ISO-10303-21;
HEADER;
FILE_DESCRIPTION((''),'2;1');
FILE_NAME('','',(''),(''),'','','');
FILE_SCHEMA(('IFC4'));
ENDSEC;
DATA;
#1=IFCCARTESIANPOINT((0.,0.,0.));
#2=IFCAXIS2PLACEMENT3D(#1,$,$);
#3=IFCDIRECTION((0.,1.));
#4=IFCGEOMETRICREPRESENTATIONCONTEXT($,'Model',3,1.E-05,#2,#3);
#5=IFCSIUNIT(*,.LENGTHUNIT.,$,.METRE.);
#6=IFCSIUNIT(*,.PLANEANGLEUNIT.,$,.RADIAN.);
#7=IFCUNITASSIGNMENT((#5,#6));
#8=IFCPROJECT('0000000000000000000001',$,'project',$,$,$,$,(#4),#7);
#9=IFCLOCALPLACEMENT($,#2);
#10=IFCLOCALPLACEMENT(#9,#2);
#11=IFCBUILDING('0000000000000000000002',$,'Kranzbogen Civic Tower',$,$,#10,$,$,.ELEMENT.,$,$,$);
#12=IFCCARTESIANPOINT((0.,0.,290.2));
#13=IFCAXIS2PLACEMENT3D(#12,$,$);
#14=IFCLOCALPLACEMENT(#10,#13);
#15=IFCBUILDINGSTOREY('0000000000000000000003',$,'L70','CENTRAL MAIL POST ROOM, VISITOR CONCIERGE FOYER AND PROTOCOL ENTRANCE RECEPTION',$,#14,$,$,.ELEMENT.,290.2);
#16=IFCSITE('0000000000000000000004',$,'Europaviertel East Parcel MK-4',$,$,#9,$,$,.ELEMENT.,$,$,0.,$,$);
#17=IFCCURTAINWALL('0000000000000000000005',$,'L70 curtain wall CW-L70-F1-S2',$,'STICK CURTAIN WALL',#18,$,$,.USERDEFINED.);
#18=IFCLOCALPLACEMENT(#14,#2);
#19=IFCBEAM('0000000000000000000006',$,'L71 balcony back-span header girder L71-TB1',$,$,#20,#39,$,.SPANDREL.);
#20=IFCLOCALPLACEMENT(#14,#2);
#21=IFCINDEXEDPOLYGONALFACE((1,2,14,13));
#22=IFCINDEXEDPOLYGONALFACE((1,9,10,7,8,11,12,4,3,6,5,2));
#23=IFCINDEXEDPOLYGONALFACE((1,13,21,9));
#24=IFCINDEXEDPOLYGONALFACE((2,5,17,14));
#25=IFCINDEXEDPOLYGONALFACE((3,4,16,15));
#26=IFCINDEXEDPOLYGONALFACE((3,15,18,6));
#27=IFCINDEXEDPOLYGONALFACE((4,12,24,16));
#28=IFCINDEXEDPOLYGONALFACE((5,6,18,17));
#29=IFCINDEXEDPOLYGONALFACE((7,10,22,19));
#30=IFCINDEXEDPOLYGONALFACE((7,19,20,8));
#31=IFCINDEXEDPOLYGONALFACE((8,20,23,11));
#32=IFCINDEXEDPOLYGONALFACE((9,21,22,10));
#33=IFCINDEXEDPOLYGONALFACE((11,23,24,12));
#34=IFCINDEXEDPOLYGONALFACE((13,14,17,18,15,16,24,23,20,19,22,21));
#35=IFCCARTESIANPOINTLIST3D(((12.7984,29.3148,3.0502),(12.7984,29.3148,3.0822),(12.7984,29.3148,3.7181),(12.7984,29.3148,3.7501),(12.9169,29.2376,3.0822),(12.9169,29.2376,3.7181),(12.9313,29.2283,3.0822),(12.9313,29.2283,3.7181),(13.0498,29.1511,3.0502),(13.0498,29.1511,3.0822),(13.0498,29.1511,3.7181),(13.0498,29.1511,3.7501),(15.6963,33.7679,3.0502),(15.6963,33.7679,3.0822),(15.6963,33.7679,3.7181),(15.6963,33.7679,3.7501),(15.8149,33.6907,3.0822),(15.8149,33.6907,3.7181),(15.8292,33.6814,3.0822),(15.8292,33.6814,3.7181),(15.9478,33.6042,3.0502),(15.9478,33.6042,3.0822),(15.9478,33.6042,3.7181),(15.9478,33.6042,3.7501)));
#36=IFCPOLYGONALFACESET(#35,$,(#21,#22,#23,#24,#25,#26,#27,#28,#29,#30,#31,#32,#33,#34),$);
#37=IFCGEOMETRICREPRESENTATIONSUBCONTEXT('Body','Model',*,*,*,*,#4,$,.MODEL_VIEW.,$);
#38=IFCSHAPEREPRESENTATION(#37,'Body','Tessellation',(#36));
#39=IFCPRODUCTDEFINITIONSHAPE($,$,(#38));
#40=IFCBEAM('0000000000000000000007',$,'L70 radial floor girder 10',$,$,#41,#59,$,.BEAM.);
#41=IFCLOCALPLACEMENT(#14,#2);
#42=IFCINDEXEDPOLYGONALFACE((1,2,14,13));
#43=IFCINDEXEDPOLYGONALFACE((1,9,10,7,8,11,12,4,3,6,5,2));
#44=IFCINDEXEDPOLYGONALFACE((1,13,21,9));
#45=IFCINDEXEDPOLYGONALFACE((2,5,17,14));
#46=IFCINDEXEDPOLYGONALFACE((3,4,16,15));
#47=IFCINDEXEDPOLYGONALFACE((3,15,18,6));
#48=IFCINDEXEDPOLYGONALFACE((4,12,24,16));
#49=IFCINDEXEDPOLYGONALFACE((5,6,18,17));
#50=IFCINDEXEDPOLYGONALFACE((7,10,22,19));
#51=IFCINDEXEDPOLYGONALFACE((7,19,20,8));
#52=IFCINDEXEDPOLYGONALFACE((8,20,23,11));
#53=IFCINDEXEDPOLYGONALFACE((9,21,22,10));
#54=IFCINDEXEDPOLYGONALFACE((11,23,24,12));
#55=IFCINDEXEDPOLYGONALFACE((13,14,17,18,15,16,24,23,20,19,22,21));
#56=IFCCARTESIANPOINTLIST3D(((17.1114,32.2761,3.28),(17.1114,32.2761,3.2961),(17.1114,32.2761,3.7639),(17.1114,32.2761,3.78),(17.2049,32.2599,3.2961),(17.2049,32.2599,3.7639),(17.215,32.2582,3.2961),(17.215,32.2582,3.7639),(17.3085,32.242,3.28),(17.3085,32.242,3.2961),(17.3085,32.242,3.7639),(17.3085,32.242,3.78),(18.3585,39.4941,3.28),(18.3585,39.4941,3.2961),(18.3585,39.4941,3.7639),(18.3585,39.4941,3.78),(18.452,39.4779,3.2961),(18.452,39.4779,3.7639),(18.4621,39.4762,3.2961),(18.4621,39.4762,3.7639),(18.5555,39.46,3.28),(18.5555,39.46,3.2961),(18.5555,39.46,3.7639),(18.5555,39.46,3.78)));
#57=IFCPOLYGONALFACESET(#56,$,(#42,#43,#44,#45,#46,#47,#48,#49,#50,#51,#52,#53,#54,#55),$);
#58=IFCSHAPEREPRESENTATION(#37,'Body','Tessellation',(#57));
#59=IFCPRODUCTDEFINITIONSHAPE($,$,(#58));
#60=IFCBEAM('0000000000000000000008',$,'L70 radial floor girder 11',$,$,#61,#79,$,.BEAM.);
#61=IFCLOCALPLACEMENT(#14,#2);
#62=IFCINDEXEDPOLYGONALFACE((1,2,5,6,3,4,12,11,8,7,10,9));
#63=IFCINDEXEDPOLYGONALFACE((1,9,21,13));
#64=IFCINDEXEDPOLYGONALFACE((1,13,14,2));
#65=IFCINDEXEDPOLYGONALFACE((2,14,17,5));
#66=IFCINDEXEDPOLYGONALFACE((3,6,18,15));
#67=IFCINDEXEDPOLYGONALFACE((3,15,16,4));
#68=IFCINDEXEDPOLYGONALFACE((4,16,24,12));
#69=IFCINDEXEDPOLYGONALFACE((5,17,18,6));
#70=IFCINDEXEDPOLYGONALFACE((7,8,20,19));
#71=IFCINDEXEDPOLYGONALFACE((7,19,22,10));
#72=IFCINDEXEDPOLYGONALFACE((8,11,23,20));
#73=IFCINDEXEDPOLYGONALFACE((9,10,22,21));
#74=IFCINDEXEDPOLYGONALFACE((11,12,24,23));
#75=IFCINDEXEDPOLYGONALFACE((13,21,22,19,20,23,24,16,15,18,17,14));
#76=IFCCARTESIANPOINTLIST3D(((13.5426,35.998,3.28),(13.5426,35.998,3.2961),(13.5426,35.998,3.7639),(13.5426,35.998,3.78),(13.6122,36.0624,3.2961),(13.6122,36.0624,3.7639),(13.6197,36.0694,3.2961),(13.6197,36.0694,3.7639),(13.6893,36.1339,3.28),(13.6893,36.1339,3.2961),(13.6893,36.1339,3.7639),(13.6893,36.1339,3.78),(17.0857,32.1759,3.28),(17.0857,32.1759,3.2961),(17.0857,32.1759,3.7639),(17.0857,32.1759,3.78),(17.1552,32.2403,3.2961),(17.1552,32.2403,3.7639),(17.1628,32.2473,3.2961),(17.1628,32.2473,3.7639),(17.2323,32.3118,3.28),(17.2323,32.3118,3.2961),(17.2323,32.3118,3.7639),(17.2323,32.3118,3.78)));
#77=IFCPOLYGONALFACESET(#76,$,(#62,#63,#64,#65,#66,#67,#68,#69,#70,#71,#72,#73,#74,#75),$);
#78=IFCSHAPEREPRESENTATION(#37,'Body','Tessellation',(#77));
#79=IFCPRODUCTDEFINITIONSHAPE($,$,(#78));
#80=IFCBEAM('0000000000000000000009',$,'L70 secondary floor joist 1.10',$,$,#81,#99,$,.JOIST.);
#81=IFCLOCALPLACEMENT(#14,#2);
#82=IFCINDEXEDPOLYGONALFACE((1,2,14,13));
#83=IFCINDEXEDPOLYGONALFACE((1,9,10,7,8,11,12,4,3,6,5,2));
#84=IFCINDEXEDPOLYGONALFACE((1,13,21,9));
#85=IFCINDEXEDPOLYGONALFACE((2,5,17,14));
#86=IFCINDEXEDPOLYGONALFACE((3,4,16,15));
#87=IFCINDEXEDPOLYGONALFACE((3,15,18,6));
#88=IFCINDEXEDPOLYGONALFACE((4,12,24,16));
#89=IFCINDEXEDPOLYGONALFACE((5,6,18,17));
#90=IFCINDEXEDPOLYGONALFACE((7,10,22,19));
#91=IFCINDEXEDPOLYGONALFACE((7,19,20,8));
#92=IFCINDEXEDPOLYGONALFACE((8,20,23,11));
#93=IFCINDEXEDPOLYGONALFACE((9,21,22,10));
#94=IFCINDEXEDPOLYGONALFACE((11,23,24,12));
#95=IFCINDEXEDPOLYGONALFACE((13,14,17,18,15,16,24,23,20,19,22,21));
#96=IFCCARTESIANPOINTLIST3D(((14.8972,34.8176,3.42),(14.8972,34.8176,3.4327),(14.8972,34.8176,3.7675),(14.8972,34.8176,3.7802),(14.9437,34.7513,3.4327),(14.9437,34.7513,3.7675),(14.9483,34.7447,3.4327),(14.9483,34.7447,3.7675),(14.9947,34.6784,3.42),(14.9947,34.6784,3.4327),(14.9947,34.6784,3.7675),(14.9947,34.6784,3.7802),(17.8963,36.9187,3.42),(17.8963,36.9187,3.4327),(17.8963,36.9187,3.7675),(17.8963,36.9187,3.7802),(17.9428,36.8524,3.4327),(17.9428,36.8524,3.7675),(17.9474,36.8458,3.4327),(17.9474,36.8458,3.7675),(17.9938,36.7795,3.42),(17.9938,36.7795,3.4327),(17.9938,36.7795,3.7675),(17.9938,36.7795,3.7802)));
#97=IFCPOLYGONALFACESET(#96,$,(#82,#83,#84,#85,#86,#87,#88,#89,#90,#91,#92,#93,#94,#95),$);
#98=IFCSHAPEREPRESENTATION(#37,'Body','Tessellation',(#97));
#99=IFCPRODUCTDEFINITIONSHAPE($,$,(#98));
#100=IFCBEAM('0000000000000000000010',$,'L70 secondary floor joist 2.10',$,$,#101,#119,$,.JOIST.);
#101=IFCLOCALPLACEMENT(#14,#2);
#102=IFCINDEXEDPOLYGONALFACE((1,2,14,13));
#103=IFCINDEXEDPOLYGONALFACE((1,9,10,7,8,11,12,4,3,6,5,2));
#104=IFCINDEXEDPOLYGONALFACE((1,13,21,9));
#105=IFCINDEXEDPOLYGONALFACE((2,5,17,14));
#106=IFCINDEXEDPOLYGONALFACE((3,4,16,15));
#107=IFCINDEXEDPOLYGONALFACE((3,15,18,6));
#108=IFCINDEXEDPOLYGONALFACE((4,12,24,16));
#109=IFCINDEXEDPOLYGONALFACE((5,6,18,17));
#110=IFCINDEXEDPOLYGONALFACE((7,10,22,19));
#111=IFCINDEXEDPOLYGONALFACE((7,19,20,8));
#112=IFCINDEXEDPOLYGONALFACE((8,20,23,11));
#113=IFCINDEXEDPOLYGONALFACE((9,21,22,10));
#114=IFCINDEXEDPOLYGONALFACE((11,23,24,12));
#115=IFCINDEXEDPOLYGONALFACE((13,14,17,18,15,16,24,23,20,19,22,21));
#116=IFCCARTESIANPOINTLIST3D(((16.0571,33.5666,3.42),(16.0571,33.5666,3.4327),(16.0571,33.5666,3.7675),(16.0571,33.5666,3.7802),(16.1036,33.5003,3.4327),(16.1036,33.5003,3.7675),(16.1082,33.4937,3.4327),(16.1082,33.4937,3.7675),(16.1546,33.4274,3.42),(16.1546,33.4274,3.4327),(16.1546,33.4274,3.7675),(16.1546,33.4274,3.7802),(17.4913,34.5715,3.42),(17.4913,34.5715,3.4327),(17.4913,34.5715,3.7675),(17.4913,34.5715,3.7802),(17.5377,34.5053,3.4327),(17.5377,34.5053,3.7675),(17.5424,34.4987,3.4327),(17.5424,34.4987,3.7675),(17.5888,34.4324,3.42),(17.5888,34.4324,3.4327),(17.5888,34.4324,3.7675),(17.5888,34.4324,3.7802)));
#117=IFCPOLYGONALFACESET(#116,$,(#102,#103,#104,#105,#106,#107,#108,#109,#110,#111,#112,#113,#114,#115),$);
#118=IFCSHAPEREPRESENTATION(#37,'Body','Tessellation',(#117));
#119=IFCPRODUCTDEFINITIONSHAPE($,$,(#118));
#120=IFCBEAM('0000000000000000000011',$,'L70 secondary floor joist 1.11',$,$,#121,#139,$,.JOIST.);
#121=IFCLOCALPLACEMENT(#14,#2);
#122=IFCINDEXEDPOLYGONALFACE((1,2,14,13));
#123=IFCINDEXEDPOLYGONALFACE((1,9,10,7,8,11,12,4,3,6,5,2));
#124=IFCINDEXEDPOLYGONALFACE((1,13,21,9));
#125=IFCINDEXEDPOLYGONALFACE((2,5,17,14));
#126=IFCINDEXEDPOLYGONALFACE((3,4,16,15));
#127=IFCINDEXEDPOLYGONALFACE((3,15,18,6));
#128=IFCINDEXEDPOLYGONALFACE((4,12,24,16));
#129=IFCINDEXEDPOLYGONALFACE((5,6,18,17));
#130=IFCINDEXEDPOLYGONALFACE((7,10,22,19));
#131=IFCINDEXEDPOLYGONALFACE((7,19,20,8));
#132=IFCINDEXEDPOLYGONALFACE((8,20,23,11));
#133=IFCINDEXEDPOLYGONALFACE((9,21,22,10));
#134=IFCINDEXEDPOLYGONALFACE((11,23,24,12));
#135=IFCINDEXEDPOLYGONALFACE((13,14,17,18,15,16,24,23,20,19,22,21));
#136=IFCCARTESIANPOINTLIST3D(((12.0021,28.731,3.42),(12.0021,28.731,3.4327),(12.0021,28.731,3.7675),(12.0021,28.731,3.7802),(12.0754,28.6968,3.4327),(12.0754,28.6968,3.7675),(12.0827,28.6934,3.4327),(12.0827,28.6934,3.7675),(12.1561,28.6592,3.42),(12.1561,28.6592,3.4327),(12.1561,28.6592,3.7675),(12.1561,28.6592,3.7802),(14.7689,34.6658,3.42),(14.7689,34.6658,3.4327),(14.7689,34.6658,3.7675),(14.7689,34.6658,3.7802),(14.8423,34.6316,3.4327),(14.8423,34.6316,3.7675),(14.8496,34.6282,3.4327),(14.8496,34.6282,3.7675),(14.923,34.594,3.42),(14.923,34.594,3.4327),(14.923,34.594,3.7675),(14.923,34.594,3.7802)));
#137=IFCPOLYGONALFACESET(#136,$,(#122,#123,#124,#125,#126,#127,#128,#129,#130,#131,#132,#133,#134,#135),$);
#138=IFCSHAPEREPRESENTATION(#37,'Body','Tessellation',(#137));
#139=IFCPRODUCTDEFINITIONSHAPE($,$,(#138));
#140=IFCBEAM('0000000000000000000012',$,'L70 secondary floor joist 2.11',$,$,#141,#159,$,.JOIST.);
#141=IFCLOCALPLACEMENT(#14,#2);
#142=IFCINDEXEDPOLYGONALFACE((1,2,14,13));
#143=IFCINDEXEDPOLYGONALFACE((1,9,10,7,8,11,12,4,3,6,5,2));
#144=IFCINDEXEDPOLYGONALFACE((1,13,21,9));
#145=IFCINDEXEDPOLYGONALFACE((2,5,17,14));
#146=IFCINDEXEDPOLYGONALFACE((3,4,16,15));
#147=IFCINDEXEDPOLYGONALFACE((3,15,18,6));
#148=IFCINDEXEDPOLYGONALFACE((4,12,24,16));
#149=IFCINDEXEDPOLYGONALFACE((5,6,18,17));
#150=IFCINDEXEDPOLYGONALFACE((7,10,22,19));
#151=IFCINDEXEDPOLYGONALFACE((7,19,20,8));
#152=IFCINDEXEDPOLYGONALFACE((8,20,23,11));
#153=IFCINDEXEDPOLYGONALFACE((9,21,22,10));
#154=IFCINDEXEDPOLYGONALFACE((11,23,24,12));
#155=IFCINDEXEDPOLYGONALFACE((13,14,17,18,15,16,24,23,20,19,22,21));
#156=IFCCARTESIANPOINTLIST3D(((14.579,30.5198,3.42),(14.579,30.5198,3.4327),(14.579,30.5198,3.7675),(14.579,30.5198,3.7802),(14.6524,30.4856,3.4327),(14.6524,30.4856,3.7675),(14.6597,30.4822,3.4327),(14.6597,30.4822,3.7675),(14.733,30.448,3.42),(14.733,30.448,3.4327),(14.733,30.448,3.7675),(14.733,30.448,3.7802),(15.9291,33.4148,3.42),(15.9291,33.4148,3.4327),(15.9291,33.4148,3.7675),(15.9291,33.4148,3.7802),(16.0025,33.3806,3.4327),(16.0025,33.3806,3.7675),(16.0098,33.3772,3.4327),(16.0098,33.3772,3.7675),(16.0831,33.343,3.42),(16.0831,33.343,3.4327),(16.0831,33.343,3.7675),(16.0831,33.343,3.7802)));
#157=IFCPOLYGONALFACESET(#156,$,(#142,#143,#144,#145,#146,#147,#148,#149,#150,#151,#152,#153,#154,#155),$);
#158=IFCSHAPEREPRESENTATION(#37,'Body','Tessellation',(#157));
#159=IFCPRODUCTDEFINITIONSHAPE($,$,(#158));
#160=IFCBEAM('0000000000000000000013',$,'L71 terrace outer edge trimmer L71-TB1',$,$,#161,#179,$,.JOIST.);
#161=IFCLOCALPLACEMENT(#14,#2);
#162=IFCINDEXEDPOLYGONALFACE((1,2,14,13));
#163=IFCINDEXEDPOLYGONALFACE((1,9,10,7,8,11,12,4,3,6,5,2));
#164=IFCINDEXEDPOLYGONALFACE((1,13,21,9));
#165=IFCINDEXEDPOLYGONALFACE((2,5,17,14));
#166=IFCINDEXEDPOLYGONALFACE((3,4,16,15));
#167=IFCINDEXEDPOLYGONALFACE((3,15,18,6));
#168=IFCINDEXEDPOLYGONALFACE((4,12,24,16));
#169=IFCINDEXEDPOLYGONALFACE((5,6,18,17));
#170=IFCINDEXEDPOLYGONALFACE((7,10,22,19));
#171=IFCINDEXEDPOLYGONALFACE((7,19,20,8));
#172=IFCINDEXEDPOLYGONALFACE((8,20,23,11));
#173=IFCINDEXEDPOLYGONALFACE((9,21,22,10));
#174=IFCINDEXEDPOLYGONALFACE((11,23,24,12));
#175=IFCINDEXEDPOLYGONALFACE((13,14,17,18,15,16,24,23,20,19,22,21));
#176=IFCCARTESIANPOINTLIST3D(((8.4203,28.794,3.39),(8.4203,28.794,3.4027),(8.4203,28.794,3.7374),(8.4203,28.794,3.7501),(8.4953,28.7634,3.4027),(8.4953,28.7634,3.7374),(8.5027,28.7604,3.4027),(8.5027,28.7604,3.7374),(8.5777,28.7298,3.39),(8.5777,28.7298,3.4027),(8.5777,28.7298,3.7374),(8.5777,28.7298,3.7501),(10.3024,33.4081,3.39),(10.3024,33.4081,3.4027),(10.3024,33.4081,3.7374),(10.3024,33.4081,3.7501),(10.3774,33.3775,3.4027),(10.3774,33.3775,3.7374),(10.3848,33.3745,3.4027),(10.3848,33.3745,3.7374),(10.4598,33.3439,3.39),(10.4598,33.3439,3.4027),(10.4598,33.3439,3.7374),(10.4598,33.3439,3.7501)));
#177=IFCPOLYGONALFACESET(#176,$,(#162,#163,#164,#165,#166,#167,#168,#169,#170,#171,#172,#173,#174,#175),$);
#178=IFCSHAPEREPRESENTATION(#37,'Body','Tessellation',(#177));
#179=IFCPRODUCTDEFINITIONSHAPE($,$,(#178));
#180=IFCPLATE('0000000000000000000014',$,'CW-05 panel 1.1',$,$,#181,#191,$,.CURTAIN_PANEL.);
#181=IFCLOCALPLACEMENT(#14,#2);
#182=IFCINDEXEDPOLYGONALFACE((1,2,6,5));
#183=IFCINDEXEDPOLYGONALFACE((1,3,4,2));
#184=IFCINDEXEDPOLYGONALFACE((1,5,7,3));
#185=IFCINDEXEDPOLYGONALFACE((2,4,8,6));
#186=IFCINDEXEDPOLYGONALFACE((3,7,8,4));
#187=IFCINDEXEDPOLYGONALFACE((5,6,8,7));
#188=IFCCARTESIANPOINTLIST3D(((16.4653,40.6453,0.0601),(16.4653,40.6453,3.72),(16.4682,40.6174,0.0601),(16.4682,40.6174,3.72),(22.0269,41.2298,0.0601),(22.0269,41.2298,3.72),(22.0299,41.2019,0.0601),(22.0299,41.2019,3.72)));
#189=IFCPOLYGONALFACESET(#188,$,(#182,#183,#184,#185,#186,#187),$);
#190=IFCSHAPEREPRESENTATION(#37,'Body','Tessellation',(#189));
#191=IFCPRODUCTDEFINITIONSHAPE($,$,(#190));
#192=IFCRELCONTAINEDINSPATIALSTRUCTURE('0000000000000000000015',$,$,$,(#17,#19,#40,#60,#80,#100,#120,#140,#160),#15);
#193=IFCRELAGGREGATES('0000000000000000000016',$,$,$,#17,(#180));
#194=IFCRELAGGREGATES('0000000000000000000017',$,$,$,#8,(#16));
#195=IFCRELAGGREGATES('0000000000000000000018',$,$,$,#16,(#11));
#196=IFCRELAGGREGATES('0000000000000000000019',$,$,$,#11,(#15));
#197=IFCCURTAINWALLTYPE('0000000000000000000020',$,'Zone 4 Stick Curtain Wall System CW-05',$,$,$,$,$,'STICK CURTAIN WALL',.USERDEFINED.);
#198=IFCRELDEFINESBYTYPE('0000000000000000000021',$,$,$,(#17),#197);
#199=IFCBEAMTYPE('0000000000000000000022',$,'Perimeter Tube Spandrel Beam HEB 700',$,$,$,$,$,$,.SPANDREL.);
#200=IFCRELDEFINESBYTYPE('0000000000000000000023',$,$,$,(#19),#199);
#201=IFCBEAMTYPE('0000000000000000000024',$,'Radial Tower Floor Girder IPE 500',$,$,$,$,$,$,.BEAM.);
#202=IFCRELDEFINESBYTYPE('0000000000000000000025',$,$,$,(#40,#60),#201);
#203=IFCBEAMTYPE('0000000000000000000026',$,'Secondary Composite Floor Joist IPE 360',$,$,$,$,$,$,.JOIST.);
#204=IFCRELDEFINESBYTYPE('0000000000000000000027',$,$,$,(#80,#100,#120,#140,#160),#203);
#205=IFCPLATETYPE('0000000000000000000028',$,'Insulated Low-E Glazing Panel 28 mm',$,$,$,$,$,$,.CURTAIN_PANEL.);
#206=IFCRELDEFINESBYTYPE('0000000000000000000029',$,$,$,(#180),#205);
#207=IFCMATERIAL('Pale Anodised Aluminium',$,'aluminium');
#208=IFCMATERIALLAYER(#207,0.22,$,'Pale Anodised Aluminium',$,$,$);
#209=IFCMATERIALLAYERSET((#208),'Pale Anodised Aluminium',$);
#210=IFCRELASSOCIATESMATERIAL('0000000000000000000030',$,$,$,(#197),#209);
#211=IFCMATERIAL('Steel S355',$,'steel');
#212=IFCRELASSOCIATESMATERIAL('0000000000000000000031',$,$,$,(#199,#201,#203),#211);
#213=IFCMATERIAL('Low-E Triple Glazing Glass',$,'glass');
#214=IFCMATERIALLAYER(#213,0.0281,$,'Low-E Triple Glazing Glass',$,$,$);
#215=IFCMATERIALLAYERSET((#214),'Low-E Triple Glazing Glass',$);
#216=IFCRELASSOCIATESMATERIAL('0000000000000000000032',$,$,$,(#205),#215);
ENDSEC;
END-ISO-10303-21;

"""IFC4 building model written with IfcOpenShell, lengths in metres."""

from ifc_helpers import new_model, si_unit, direction, frame, origin, origin_2d, place, context, subcontext, project, spatial, rectangle, i_section, extrude, material, layer, layer_set, material_profile, profile_set, type_object, element, aggregate, save


model = new_model("IFC4")

# Units and contexts
model_context = context("Model", 3, precision=1e-05, world=origin(), true_north=direction((0.0, 1.0)))
body_context = subcontext(model_context, "Body", "Model", "MODEL_VIEW")
ifc_project = project(units=[si_unit("LENGTHUNIT", "METRE"), si_unit("PLANEANGLEUNIT", "RADIAN")], contexts=[model_context])

# Site, building, storey
site_placement = place(None, origin())
site = spatial("IfcSite", under=ifc_project, at=site_placement, Name="Europaviertel East Parcel MK-4", CompositionType="ELEMENT", RefElevation=0.0)
building_placement = place(site_placement, origin())
building = spatial("IfcBuilding", under=site, at=building_placement, Name="Kranzbogen Civic Tower", CompositionType="ELEMENT")
storey_placement = place(building_placement, frame((0.0, 0.0, 290.2)))
storey = spatial("IfcBuildingStorey", under=building, at=storey_placement, Name="L70", Description="CENTRAL MAIL POST ROOM, VISITOR CONCIERGE FOYER AND PROTOCOL ENTRANCE RECEPTION", CompositionType="ELEMENT", Elevation=290.2)

# Shared definitions
ifc_material_1 = material(Name="Steel S355", Category="steel")

# Curtain wall
ifc_material_2 = material(Name="Pale Anodised Aluminium", Category="aluminium")
ifc_layer_1 = layer(ifc_material_2, 0.22, Name="Pale Anodised Aluminium")
ifc_layer_set_1 = layer_set([ifc_layer_1], Name="Pale Anodised Aluminium")
curtain_wall_type = type_object("IfcCurtainWallType", Name="Zone 4 Stick Curtain Wall System CW-05", ElementType="STICK CURTAIN WALL", PredefinedType="USERDEFINED", material=ifc_layer_set_1)
curtain_wall_1_placement = place(storey_placement, origin())
curtain_wall_1 = element("IfcCurtainWall", 1, at=curtain_wall_1_placement, inside=storey, type_object=curtain_wall_type, Name="L70 curtain wall CW-L70-F1-S2", ObjectType="STICK CURTAIN WALL", PredefinedType="USERDEFINED")

# Beams
ifc_material_profile_1 = material_profile(ifc_material_1, i_section(OverallWidth=0.3, OverallDepth=0.7, WebThickness=0.0171, FlangeThickness=0.032, at=origin_2d()), Name="HEB 700")
ifc_profile_set_1 = profile_set([ifc_material_profile_1], Name="Steel S355")
beam_type_1 = type_object("IfcBeamType", Name="Perimeter Tube Spandrel Beam HEB 700", PredefinedType="SPANDREL", material=ifc_profile_set_1)
beam_1_placement = place(storey_placement, frame((15.822, 33.686, 3.4001), z_axis=(-0.545441, -0.83815, 0.0), x_axis=(0.83815, -0.545441, 0.0)))
element("IfcBeam", 2, at=beam_1_placement, inside=storey, type_object=beam_type_1, Name="L71 balcony back-span header girder L71-TB1", PredefinedType="SPANDREL", context=body_context, shape_type="SweptSolid", body=[
    extrude(i_section(OverallWidth=0.3, OverallDepth=0.7, WebThickness=0.0171, FlangeThickness=0.032, at=origin_2d()), origin(), (0.0, 0.0, 1.0), 5.313),
])
ifc_material_profile_2 = material_profile(ifc_material_1, i_section(OverallWidth=0.2, OverallDepth=0.5, WebThickness=0.0103, FlangeThickness=0.0161, at=origin_2d()), Name="IPE 500")
ifc_profile_set_2 = profile_set([ifc_material_profile_2], Name="Steel S355")
beam_type_2 = type_object("IfcBeamType", Name="Radial Tower Floor Girder IPE 500", PredefinedType="BEAM", material=ifc_profile_set_2)
beam_2_placement = place(storey_placement, frame((18.457, 39.4771, 3.53), z_axis=(-0.17025, -0.985401, 0.0), x_axis=(0.985401, -0.17025, 0.0)))
element("IfcBeam", 3, at=beam_2_placement, inside=storey, type_object=beam_type_2, Name="L70 radial floor girder 10", PredefinedType="BEAM", context=body_context, shape_type="SweptSolid", body=[
    extrude(i_section(OverallWidth=0.2, OverallDepth=0.5, WebThickness=0.0103, FlangeThickness=0.0161, at=origin_2d()), origin(), (0.0, 0.0, 1.0), 7.325),
])
beam_3_placement = place(storey_placement, frame((13.616, 36.0659, 3.53), z_axis=(0.679827, -0.733372, 0.0), x_axis=(0.733372, 0.679827, 0.0)))
element("IfcBeam", 4, at=beam_3_placement, inside=storey, type_object=beam_type_2, Name="L70 radial floor girder 11", PredefinedType="BEAM", context=body_context, shape_type="SweptSolid", body=[
    extrude(i_section(OverallWidth=0.2, OverallDepth=0.5, WebThickness=0.0103, FlangeThickness=0.0161, at=origin_2d()), origin(), (0.0, 0.0, 1.0), 5.2117),
])
ifc_material_profile_3 = material_profile(ifc_material_1, i_section(OverallWidth=0.1699, OverallDepth=0.3601, WebThickness=0.0081, FlangeThickness=0.0127, at=origin_2d()), Name="IPE 360")
ifc_profile_set_3 = profile_set([ifc_material_profile_3], Name="Steel S355")
beam_type_3 = type_object("IfcBeamType", Name="Secondary Composite Floor Joist IPE 360", PredefinedType="JOIST", material=ifc_profile_set_3)
beam_4_placement = place(storey_placement, frame((17.9451, 36.8491, 3.6001), z_axis=(-0.819006, -0.573784, 0.0), x_axis=(0.573784, -0.819006, 0.0)))
element("IfcBeam", 5, at=beam_4_placement, inside=storey, type_object=beam_type_3, Name="L70 secondary floor joist 1.10", PredefinedType="JOIST", context=body_context, shape_type="SweptSolid", body=[
    extrude(i_section(OverallWidth=0.1699, OverallDepth=0.3601, WebThickness=0.0081, FlangeThickness=0.0127, at=origin_2d()), origin(), (0.0, 0.0, 1.0), 3.6619),
])
beam_5_placement = place(storey_placement, frame((17.54, 34.502, 3.6001), z_axis=(-0.818957, -0.573855, 0.0), x_axis=(0.573855, -0.818957, 0.0)))
element("IfcBeam", 6, at=beam_5_placement, inside=storey, type_object=beam_type_3, Name="L70 secondary floor joist 2.10", PredefinedType="JOIST", context=body_context, shape_type="SweptSolid", body=[
    extrude(i_section(OverallWidth=0.1699, OverallDepth=0.3601, WebThickness=0.0081, FlangeThickness=0.0127, at=origin_2d()), origin(), (0.0, 0.0, 1.0), 1.7512),
])
beam_6_placement = place(storey_placement, frame((14.8459, 34.6299, 3.6001), z_axis=(-0.422543, -0.906343, 0.0), x_axis=(0.906343, -0.422543, 0.0)))
element("IfcBeam", 7, at=beam_6_placement, inside=storey, type_object=beam_type_3, Name="L70 secondary floor joist 1.11", PredefinedType="JOIST", context=body_context, shape_type="SweptSolid", body=[
    extrude(i_section(OverallWidth=0.1699, OverallDepth=0.3601, WebThickness=0.0081, FlangeThickness=0.0127, at=origin_2d()), origin(), (0.0, 0.0, 1.0), 6.5481),
])
beam_7_placement = place(storey_placement, frame((16.0061, 33.3789, 3.6001), z_axis=(-0.422651, -0.906292, 0.0), x_axis=(0.906292, -0.422651, 0.0)))
element("IfcBeam", 8, at=beam_7_placement, inside=storey, type_object=beam_type_3, Name="L70 secondary floor joist 2.11", PredefinedType="JOIST", context=body_context, shape_type="SweptSolid", body=[
    extrude(i_section(OverallWidth=0.1699, OverallDepth=0.3601, WebThickness=0.0081, FlangeThickness=0.0127, at=origin_2d()), origin(), (0.0, 0.0, 1.0), 3.1943),
])
beam_8_placement = place(storey_placement, frame((10.3811, 33.376, 3.5701), z_axis=(-0.377692, -0.925931, 0.0), x_axis=(0.925931, -0.377692, 0.0)))
element("IfcBeam", 9, at=beam_8_placement, inside=storey, type_object=beam_type_3, Name="L71 terrace outer edge trimmer L71-TB1", PredefinedType="JOIST", context=body_context, shape_type="SweptSolid", body=[
    extrude(i_section(OverallWidth=0.1699, OverallDepth=0.3601, WebThickness=0.0081, FlangeThickness=0.0127, at=origin_2d()), origin(), (0.0, 0.0, 1.0), 4.9832),
])

# Plate
ifc_material_3 = material(Name="Low-E Triple Glazing Glass", Category="glass")
ifc_layer_2 = layer(ifc_material_3, 0.0281, Name="Low-E Triple Glazing Glass")
ifc_layer_set_2 = layer_set([ifc_layer_2], Name="Low-E Triple Glazing Glass")
plate_type = type_object("IfcPlateType", Name="Insulated Low-E Glazing Panel 28 mm", PredefinedType="CURTAIN_PANEL", material=ifc_layer_set_2)
plate_1_placement = place(storey_placement, frame((19.2476, 40.9236, 0.0601), z_axis=(0.0, 0.0, 1.0), x_axis=(-0.994524, -0.104512, 0.0)))
plate_1 = element("IfcPlate", 10, at=plate_1_placement, type_object=plate_type, Name="CW-05 panel 1.1", PredefinedType="CURTAIN_PANEL", context=body_context, shape_type="SweptSolid", body=[
    extrude(rectangle(XDim=5.5923, YDim=0.0281, at=origin_2d()), origin(), (0.0, 0.0, 1.0), 3.6599),
])
aggregate(curtain_wall_1, [plate_1])

save(model, "model.ifc")
